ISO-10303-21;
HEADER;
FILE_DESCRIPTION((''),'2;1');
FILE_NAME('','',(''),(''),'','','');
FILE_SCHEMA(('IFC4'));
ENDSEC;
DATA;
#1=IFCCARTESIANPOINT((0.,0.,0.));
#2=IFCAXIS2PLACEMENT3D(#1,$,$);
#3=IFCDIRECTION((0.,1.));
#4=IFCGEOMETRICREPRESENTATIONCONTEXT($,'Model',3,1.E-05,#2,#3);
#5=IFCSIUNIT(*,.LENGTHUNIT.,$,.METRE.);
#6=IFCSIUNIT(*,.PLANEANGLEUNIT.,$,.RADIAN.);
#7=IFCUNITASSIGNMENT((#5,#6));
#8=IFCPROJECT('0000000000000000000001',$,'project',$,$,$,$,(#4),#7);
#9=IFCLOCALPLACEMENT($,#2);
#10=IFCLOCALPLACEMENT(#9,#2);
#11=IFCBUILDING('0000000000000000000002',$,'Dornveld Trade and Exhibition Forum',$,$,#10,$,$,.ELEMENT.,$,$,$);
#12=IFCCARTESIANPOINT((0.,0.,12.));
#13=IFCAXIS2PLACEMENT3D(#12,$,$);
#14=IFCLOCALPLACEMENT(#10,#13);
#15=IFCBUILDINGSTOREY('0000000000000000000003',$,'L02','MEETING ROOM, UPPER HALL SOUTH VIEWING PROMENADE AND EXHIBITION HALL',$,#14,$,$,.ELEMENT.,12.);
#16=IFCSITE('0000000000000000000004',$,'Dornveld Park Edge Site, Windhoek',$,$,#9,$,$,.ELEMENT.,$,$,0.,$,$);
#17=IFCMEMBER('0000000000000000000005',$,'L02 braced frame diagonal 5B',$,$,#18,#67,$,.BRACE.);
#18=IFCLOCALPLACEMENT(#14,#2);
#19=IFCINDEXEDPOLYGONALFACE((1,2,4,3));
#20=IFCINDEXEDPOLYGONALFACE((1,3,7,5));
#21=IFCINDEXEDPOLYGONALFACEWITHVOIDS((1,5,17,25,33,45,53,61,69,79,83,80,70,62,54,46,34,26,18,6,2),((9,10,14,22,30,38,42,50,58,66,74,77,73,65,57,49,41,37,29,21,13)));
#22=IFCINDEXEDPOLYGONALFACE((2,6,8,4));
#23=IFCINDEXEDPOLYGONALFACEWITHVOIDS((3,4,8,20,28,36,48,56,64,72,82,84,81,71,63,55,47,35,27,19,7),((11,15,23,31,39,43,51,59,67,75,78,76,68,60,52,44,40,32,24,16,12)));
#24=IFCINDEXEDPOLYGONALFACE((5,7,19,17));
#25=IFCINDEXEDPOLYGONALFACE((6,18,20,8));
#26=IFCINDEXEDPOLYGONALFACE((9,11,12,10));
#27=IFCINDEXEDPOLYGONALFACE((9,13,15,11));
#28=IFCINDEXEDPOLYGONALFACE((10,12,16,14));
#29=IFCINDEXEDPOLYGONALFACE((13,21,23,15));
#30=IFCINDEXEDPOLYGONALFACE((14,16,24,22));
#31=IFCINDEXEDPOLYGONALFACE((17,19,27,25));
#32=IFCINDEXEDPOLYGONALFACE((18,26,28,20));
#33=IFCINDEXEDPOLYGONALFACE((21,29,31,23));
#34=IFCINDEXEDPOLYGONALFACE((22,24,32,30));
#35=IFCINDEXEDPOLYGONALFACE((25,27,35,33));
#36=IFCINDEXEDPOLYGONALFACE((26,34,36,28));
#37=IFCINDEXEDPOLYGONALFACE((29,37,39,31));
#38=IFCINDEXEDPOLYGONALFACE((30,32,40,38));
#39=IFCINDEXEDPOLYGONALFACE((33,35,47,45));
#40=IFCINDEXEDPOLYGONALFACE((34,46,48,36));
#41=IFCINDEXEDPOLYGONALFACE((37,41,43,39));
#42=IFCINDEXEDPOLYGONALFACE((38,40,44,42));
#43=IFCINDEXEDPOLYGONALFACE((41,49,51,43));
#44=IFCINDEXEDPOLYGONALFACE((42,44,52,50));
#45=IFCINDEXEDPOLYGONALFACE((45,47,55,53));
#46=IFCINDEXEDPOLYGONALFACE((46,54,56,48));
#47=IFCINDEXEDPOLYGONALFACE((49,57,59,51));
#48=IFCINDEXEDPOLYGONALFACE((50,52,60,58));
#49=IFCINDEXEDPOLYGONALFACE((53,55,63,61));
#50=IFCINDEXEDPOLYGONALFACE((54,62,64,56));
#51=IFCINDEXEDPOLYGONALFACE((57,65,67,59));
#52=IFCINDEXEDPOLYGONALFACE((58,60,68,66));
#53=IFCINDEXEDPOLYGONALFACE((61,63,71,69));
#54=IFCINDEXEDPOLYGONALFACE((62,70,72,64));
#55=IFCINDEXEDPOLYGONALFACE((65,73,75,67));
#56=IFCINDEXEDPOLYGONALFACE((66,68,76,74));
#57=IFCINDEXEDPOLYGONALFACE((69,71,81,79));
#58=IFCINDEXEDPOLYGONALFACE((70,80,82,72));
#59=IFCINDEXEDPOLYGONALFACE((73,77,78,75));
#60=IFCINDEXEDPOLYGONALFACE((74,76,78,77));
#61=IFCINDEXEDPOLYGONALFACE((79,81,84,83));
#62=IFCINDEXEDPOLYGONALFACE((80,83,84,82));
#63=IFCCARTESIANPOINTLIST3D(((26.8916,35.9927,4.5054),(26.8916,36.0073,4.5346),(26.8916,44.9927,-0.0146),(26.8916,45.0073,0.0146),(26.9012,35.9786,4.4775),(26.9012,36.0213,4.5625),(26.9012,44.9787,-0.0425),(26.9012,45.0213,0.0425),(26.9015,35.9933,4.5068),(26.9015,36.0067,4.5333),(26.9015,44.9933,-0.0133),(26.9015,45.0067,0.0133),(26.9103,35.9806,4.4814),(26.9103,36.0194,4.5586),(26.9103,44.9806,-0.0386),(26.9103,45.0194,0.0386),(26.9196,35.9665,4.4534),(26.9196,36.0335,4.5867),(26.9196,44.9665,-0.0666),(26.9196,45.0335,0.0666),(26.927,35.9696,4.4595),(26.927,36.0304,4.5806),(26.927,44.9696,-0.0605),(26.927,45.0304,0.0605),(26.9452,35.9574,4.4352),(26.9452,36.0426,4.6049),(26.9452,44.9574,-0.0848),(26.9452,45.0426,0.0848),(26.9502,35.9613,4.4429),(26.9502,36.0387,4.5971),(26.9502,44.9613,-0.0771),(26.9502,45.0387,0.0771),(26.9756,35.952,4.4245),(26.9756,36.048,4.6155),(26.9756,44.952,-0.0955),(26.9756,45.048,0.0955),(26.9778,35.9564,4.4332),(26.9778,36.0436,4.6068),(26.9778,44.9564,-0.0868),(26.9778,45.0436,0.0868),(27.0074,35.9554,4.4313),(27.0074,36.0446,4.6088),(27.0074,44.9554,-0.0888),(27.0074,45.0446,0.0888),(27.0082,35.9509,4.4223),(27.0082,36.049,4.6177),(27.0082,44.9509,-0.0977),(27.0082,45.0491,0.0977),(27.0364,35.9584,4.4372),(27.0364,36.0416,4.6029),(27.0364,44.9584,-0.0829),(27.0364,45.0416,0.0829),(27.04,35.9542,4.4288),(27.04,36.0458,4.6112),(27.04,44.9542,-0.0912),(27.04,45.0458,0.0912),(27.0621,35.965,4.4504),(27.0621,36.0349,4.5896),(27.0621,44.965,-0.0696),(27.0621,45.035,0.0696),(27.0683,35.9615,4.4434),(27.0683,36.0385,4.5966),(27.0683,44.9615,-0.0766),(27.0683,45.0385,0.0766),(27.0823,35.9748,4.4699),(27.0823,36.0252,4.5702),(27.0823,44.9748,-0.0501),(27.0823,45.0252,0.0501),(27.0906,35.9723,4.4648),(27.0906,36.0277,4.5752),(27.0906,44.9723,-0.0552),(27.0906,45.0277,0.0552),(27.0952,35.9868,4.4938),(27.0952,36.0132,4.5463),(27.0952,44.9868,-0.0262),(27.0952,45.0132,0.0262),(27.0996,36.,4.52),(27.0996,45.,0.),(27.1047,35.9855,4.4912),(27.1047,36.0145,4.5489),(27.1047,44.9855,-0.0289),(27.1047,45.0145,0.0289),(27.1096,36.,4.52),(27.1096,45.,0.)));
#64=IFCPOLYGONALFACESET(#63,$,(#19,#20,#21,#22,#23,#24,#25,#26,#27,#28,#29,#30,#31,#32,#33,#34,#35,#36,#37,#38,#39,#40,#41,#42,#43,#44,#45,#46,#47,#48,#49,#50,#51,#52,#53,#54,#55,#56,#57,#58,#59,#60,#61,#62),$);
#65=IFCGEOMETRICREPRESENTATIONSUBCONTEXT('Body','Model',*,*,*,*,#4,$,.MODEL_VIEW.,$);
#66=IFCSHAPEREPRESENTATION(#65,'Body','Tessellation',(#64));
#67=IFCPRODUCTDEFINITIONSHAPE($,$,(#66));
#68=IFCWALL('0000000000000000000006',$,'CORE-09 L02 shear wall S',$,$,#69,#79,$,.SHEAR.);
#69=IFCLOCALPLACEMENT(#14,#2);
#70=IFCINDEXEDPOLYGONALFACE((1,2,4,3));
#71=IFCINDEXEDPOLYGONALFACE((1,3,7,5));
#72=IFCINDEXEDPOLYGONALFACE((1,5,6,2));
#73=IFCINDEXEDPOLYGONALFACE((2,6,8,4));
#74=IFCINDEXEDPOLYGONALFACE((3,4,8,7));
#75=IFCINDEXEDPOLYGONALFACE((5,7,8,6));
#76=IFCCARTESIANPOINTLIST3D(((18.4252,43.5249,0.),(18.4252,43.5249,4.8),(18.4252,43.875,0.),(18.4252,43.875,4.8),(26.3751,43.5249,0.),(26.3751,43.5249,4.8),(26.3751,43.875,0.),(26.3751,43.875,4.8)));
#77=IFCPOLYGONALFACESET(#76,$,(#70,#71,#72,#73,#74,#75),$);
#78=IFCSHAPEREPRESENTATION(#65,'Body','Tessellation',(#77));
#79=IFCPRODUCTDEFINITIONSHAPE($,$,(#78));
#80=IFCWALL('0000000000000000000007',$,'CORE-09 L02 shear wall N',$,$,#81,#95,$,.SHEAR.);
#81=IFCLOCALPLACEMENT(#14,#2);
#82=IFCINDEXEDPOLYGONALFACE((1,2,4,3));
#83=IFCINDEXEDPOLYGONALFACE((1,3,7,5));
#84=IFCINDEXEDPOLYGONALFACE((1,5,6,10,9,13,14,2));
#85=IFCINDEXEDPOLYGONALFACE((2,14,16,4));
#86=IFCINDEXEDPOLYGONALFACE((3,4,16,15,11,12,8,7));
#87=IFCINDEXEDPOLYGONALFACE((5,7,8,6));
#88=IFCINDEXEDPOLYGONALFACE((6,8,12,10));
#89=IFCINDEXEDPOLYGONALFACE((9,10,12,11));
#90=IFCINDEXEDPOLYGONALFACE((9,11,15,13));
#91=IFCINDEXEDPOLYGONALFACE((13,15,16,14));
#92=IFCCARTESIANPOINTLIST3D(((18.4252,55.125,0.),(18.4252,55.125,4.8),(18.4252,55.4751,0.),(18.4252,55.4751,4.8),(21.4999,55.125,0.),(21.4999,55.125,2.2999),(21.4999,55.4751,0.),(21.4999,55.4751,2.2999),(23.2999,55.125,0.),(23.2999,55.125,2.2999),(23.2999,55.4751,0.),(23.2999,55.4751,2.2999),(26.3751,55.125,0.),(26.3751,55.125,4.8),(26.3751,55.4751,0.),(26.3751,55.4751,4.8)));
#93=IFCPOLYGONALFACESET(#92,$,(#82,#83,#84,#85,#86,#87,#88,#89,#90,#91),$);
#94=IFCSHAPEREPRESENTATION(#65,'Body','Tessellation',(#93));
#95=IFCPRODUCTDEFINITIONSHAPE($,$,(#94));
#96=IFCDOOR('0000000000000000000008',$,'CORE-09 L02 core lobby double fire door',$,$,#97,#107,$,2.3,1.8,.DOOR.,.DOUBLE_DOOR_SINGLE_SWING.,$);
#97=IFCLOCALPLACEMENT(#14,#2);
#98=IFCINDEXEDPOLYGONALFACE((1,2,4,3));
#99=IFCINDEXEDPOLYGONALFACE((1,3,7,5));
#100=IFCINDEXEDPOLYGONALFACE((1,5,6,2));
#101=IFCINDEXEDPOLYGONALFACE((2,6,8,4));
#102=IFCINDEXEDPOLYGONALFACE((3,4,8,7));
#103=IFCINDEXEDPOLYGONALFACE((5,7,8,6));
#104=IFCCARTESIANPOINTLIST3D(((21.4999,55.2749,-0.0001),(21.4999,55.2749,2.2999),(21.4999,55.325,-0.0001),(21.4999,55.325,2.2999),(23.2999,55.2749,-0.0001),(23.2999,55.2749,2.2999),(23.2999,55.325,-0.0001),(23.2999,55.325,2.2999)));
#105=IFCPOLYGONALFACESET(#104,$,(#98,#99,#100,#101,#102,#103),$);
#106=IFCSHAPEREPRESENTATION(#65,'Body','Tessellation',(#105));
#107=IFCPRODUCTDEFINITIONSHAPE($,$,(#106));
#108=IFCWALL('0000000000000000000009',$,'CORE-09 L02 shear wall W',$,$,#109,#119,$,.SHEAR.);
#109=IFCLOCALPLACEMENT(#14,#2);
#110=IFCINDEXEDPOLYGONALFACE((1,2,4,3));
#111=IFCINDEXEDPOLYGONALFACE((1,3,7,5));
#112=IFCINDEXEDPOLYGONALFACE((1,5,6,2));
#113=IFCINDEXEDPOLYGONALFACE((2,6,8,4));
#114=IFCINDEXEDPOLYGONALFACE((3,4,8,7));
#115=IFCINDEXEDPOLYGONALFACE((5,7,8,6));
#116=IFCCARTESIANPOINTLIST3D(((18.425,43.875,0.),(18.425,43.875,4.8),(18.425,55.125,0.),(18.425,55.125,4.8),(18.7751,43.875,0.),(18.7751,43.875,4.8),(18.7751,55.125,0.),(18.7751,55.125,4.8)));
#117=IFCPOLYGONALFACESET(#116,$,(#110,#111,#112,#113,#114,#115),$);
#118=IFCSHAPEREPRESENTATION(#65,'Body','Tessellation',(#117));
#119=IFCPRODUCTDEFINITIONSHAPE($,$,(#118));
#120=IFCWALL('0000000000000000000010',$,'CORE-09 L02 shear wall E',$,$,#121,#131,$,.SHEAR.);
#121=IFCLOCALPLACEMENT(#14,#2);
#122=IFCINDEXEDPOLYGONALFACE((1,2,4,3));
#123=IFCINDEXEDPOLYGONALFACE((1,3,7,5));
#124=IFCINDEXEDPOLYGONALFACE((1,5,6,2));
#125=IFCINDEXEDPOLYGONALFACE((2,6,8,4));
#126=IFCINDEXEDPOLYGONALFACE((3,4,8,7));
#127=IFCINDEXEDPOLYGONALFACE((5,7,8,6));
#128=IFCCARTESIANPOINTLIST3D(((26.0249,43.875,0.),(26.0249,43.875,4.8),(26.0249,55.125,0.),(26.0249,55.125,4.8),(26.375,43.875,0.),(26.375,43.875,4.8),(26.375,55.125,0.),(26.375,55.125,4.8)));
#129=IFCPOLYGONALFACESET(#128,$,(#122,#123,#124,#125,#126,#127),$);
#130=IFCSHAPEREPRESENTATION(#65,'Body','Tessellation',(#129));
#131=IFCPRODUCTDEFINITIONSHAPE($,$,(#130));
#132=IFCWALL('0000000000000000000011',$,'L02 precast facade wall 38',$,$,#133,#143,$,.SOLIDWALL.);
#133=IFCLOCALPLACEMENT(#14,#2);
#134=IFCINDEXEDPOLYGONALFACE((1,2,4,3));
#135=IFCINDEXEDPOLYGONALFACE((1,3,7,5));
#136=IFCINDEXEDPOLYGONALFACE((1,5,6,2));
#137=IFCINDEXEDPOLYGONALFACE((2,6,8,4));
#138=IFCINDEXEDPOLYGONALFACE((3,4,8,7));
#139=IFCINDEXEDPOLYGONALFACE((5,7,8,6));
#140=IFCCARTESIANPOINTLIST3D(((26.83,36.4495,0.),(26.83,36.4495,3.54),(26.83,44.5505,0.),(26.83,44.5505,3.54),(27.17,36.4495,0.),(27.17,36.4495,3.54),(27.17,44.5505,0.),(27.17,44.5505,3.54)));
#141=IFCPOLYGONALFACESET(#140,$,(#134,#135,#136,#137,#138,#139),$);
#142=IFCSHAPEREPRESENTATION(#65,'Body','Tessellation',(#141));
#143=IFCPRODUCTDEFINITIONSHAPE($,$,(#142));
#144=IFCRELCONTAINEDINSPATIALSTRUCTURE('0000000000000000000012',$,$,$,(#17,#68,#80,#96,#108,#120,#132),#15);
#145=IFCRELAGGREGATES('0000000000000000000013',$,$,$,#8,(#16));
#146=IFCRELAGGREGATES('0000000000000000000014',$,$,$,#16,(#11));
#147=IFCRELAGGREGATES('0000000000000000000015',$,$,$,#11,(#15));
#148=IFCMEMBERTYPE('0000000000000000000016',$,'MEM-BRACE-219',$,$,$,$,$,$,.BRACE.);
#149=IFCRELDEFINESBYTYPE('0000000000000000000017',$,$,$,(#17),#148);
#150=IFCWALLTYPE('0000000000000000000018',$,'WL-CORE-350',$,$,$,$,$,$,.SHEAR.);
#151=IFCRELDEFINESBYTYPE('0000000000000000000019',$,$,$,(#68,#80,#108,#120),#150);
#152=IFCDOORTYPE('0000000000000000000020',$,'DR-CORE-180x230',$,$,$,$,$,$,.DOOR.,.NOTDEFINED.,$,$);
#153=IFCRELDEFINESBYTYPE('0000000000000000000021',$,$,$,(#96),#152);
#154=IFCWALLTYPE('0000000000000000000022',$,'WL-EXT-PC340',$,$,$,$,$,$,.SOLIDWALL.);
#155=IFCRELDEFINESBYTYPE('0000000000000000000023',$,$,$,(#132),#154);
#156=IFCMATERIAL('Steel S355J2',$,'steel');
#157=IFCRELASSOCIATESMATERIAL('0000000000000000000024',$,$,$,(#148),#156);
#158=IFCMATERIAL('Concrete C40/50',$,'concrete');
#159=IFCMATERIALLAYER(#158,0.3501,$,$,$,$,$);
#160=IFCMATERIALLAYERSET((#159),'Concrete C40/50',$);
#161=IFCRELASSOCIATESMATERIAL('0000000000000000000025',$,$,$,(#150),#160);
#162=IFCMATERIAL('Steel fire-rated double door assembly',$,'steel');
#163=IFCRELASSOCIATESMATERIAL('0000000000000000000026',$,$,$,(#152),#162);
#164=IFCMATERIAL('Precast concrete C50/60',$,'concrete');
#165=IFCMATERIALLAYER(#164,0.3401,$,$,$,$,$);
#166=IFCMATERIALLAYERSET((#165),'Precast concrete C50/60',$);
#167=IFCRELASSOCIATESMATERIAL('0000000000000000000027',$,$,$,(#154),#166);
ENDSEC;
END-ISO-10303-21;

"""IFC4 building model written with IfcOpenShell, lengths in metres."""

from ifc_helpers import new_model, si_unit, direction, frame, frame_2d, origin, origin_2d, place, context, subcontext, project, spatial, rectangle, hollow_circle, extrude, material, layer, layer_set, material_profile, profile_set, type_object, element, fill, save


model = new_model("IFC4")

# Units and contexts
model_context = context("Model", 3, precision=1e-05, world=origin(), true_north=direction((0.0, 1.0)))
body_context = subcontext(model_context, "Body", "Model", "MODEL_VIEW")
ifc_project = project(units=[si_unit("LENGTHUNIT", "METRE"), si_unit("PLANEANGLEUNIT", "RADIAN")], contexts=[model_context])

# Site, building, storey
site_placement = place(None, origin())
site = spatial("IfcSite", under=ifc_project, at=site_placement, Name="Dornveld Park Edge Site, Windhoek", CompositionType="ELEMENT", RefElevation=0.0)
building_placement = place(site_placement, origin())
building = spatial("IfcBuilding", under=site, at=building_placement, Name="Dornveld Trade and Exhibition Forum", CompositionType="ELEMENT")
storey_placement = place(building_placement, frame((0.0, 0.0, 12.0)))
storey = spatial("IfcBuildingStorey", under=building, at=storey_placement, Name="L02", Description="MEETING ROOM, UPPER HALL SOUTH VIEWING PROMENADE AND EXHIBITION HALL", CompositionType="ELEMENT", Elevation=12.0)

# Member
ifc_material_1 = material(Name="Steel S355J2", Category="steel")
ifc_material_profile_1 = material_profile(ifc_material_1, hollow_circle(Radius=0.1096, WallThickness=0.01, at=origin_2d()), Name="CHS 219.1x10")
ifc_profile_set_1 = profile_set([ifc_material_profile_1], Name="Steel S355J2")
member_type = type_object("IfcMemberType", Name="MEM-BRACE-219", PredefinedType="BRACE", material=ifc_profile_set_1)
member_placement = place(storey_placement, frame((27.0, 45.0, 0.0), z_axis=(0.0, -0.893631, 0.448803), x_axis=(1.0, 0.0, 0.0)))
element("IfcMember", 1, at=member_placement, inside=storey, type_object=member_type, Name="L02 braced frame diagonal 5B", PredefinedType="BRACE", context=body_context, shape_type="SweptSolid", body=[
    extrude(hollow_circle(Radius=0.1096, WallThickness=0.01, at=origin_2d()), origin(), (0.0, 0.0, 1.0), 10.0713),
])

# Wall
ifc_material_2 = material(Name="Concrete C40/50", Category="concrete")
ifc_layer_1 = layer(ifc_material_2, 0.3501)
ifc_layer_set_1 = layer_set([ifc_layer_1], Name="Concrete C40/50")
wall_type_1 = type_object("IfcWallType", Name="WL-CORE-350", PredefinedType="SHEAR", material=ifc_layer_set_1)
wall_1_placement = place(storey_placement, frame((18.425, 43.7, 0.0), z_axis=(0.0, 0.0, 1.0), x_axis=(1.0, 0.0, 0.0)))
element("IfcWall", 2, at=wall_1_placement, inside=storey, type_object=wall_type_1, Name="CORE-09 L02 shear wall S", PredefinedType="SHEAR", context=body_context, shape_type="SweptSolid", body=[
    extrude(rectangle(XDim=7.95, YDim=0.3501, at=frame_2d((3.9751, 0.0))), origin(), (0.0, 0.0, 1.0), 4.8),
])

# Wall, opening, door
wall_2_placement = place(storey_placement, frame((18.425, 55.3, 0.0), z_axis=(0.0, 0.0, 1.0), x_axis=(1.0, 0.0, 0.0)))
wall_2 = element("IfcWall", 3, at=wall_2_placement, inside=storey, type_object=wall_type_1, Name="CORE-09 L02 shear wall N", PredefinedType="SHEAR", context=body_context, shape_type="SweptSolid", body=[
    extrude(rectangle(XDim=7.95, YDim=0.3501, at=frame_2d((3.9751, 0.0))), origin(), (0.0, 0.0, 1.0), 4.8),
])
opening_1_placement = place(wall_2_placement, frame((3.075, 0.0, 0.0)))
opening_1 = element("IfcOpeningElement", 4, at=opening_1_placement, cuts=wall_2, PredefinedType="OPENING", context=body_context, shape_type="SweptSolid", body=[
    extrude(rectangle(XDim=1.8, YDim=2.3, at=frame_2d((0.8999, 1.1499))), frame((0.0, 0.1851, 0.0), z_axis=(0.0, -1.0, 0.0), x_axis=(1.0, 0.0, 0.0)), (0.0, 0.0, 1.0), 0.3701),
])
ifc_material_3 = material(Name="Steel fire-rated double door assembly", Category="steel")
door_type_1 = type_object("IfcDoorType", Name="DR-CORE-180x230", OperationType="NOTDEFINED", PredefinedType="DOOR", material=ifc_material_3)
door_1_placement = place(opening_1_placement, origin())
door_1 = element("IfcDoor", 5, at=door_1_placement, inside=storey, type_object=door_type_1, Name="CORE-09 L02 core lobby double fire door", OperationType="DOUBLE_DOOR_SINGLE_SWING", OverallHeight=2.3, OverallWidth=1.8, PredefinedType="DOOR", context=body_context, shape_type="SweptSolid", body=[
    extrude(rectangle(XDim=1.8, YDim=2.3, at=frame_2d((0.8999, 1.1499))), frame((0.0, 0.0249, 0.0), z_axis=(0.0, -1.0, 0.0), x_axis=(1.0, 0.0, 0.0)), (0.0, 0.0, 1.0), 0.05),
])
fill(opening_1, door_1)

# Walls
for number, where, z_axis, x_axis, name in (
    (6, (18.6001, 43.875, 0.0), (0.0, 0.0, 1.0), (0.0, 1.0, 0.0), "CORE-09 L02 shear wall W"),
    (7, (26.2, 43.875, 0.0), (0.0, 0.0, 1.0), (0.0, 1.0, 0.0), "CORE-09 L02 shear wall E"),
):
    element("IfcWall", number, at=place(storey_placement, frame(where, z_axis=z_axis, x_axis=x_axis)), inside=storey, type_object=wall_type_1, Name=name, PredefinedType="SHEAR", context=body_context, shape_type="SweptSolid", body=[
        extrude(rectangle(XDim=11.25, YDim=0.3501, at=frame_2d((5.625, 0.0))), origin(), (0.0, 0.0, 1.0), 4.8),
    ])
ifc_material_4 = material(Name="Precast concrete C50/60", Category="concrete")
ifc_layer_2 = layer(ifc_material_4, 0.3401)
ifc_layer_set_2 = layer_set([ifc_layer_2], Name="Precast concrete C50/60")
wall_type_2 = type_object("IfcWallType", Name="WL-EXT-PC340", PredefinedType="SOLIDWALL", material=ifc_layer_set_2)
wall_3_placement = place(storey_placement, frame((27.0, 44.5505, 0.0), z_axis=(0.0, 0.0, 1.0), x_axis=(0.0, -1.0, 0.0)))
element("IfcWall", 8, at=wall_3_placement, inside=storey, type_object=wall_type_2, Name="L02 precast facade wall 38", PredefinedType="SOLIDWALL", context=body_context, shape_type="SweptSolid", body=[
    extrude(rectangle(XDim=8.1011, YDim=0.3401, at=frame_2d((4.0505, 0.0))), origin(), (0.0, 0.0, 1.0), 3.54),
])

save(model, "model.ifc")
